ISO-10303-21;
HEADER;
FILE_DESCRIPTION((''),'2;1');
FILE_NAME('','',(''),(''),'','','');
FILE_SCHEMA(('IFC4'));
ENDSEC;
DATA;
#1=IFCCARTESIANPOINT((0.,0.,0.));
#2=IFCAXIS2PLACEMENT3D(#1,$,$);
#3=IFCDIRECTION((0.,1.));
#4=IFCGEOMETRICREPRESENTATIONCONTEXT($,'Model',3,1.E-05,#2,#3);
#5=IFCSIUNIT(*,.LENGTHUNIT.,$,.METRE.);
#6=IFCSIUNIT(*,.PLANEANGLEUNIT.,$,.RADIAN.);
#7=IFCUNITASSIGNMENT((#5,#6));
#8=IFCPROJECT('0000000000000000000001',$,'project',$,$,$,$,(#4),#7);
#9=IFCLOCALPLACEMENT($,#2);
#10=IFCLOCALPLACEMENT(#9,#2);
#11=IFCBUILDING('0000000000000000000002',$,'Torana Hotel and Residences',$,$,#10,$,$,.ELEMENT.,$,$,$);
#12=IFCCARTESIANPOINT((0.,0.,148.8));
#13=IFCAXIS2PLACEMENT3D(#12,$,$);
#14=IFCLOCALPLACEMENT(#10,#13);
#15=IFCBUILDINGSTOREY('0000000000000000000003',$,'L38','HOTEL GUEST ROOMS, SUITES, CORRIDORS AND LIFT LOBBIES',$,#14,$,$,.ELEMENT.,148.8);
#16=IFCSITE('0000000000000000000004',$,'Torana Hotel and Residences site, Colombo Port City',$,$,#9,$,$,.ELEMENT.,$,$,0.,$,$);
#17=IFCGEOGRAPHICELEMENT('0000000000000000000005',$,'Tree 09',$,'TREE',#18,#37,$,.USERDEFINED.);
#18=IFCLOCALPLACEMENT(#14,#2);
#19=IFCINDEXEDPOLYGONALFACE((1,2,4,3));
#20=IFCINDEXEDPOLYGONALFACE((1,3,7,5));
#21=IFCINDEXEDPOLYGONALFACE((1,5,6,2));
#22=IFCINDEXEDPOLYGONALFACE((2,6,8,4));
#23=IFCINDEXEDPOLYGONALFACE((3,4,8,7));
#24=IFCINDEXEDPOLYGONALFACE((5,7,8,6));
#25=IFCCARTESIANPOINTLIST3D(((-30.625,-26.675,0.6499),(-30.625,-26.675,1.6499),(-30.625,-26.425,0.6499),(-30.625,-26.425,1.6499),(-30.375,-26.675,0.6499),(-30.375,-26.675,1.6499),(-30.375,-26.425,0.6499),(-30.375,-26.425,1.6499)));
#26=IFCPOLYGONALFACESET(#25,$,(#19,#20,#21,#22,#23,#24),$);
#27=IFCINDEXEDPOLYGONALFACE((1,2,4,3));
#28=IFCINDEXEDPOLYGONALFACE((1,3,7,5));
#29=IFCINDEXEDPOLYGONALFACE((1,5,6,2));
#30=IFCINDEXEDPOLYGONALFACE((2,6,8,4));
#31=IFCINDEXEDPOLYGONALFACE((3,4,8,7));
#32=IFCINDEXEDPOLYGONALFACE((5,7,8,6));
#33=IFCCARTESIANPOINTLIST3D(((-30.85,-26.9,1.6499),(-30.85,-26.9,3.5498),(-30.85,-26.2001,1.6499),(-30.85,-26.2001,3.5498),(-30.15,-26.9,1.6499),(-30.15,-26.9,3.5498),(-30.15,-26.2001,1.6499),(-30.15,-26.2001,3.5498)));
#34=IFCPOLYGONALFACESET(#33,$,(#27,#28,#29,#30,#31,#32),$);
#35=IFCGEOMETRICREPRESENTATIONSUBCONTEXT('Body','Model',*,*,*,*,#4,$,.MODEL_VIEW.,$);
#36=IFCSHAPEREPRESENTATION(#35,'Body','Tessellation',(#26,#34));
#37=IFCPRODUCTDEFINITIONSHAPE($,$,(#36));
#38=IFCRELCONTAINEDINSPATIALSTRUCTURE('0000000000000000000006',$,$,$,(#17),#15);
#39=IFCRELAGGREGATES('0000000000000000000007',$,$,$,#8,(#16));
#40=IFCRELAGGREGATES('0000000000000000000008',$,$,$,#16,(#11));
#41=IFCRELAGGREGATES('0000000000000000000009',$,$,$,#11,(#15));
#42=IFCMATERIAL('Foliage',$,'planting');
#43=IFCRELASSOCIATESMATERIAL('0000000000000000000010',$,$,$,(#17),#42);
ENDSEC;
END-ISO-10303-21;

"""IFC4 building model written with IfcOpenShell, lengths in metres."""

from ifc_helpers import new_model, si_unit, direction, frame, origin, origin_2d, place, context, subcontext, project, spatial, rectangle, extrude, material, element, save


model = new_model("IFC4")

# Units and contexts
model_context = context("Model", 3, precision=1e-05, world=origin(), true_north=direction((0.0, 1.0)))
body_context = subcontext(model_context, "Body", "Model", "MODEL_VIEW")
ifc_project = project(units=[si_unit("LENGTHUNIT", "METRE"), si_unit("PLANEANGLEUNIT", "RADIAN")], contexts=[model_context])

# Site, building, storey
site_placement = place(None, origin())
site = spatial("IfcSite", under=ifc_project, at=site_placement, Name="Torana Hotel and Residences site, Colombo Port City", CompositionType="ELEMENT", RefElevation=0.0)
building_placement = place(site_placement, origin())
building = spatial("IfcBuilding", under=site, at=building_placement, Name="Torana Hotel and Residences", CompositionType="ELEMENT")
storey_placement = place(building_placement, frame((0.0, 0.0, 148.8)))
storey = spatial("IfcBuildingStorey", under=building, at=storey_placement, Name="L38", Description="HOTEL GUEST ROOMS, SUITES, CORRIDORS AND LIFT LOBBIES", CompositionType="ELEMENT", Elevation=148.8)

# Geographic element
ifc_material_1 = material(Name="Foliage", Category="planting")
geographic_element_placement = place(storey_placement, frame((-30.5, -26.55, 0.6499), z_axis=(0.0, 0.0, 1.0), x_axis=(1.0, 0.0, 0.0)))
element("IfcGeographicElement", 1, at=geographic_element_placement, inside=storey, material=ifc_material_1, Name="Tree 09", ObjectType="TREE", PredefinedType="USERDEFINED", context=body_context, shape_type="SweptSolid", body=[
    extrude(rectangle(XDim=0.25, YDim=0.25, at=origin_2d()), origin(), (0.0, 0.0, 1.0), 1.0),
    extrude(rectangle(XDim=0.7, YDim=0.7, at=origin_2d()), frame((0.0, 0.0, 1.0)), (0.0, 0.0, 1.0), 1.8999),
])

save(model, "model.ifc")
